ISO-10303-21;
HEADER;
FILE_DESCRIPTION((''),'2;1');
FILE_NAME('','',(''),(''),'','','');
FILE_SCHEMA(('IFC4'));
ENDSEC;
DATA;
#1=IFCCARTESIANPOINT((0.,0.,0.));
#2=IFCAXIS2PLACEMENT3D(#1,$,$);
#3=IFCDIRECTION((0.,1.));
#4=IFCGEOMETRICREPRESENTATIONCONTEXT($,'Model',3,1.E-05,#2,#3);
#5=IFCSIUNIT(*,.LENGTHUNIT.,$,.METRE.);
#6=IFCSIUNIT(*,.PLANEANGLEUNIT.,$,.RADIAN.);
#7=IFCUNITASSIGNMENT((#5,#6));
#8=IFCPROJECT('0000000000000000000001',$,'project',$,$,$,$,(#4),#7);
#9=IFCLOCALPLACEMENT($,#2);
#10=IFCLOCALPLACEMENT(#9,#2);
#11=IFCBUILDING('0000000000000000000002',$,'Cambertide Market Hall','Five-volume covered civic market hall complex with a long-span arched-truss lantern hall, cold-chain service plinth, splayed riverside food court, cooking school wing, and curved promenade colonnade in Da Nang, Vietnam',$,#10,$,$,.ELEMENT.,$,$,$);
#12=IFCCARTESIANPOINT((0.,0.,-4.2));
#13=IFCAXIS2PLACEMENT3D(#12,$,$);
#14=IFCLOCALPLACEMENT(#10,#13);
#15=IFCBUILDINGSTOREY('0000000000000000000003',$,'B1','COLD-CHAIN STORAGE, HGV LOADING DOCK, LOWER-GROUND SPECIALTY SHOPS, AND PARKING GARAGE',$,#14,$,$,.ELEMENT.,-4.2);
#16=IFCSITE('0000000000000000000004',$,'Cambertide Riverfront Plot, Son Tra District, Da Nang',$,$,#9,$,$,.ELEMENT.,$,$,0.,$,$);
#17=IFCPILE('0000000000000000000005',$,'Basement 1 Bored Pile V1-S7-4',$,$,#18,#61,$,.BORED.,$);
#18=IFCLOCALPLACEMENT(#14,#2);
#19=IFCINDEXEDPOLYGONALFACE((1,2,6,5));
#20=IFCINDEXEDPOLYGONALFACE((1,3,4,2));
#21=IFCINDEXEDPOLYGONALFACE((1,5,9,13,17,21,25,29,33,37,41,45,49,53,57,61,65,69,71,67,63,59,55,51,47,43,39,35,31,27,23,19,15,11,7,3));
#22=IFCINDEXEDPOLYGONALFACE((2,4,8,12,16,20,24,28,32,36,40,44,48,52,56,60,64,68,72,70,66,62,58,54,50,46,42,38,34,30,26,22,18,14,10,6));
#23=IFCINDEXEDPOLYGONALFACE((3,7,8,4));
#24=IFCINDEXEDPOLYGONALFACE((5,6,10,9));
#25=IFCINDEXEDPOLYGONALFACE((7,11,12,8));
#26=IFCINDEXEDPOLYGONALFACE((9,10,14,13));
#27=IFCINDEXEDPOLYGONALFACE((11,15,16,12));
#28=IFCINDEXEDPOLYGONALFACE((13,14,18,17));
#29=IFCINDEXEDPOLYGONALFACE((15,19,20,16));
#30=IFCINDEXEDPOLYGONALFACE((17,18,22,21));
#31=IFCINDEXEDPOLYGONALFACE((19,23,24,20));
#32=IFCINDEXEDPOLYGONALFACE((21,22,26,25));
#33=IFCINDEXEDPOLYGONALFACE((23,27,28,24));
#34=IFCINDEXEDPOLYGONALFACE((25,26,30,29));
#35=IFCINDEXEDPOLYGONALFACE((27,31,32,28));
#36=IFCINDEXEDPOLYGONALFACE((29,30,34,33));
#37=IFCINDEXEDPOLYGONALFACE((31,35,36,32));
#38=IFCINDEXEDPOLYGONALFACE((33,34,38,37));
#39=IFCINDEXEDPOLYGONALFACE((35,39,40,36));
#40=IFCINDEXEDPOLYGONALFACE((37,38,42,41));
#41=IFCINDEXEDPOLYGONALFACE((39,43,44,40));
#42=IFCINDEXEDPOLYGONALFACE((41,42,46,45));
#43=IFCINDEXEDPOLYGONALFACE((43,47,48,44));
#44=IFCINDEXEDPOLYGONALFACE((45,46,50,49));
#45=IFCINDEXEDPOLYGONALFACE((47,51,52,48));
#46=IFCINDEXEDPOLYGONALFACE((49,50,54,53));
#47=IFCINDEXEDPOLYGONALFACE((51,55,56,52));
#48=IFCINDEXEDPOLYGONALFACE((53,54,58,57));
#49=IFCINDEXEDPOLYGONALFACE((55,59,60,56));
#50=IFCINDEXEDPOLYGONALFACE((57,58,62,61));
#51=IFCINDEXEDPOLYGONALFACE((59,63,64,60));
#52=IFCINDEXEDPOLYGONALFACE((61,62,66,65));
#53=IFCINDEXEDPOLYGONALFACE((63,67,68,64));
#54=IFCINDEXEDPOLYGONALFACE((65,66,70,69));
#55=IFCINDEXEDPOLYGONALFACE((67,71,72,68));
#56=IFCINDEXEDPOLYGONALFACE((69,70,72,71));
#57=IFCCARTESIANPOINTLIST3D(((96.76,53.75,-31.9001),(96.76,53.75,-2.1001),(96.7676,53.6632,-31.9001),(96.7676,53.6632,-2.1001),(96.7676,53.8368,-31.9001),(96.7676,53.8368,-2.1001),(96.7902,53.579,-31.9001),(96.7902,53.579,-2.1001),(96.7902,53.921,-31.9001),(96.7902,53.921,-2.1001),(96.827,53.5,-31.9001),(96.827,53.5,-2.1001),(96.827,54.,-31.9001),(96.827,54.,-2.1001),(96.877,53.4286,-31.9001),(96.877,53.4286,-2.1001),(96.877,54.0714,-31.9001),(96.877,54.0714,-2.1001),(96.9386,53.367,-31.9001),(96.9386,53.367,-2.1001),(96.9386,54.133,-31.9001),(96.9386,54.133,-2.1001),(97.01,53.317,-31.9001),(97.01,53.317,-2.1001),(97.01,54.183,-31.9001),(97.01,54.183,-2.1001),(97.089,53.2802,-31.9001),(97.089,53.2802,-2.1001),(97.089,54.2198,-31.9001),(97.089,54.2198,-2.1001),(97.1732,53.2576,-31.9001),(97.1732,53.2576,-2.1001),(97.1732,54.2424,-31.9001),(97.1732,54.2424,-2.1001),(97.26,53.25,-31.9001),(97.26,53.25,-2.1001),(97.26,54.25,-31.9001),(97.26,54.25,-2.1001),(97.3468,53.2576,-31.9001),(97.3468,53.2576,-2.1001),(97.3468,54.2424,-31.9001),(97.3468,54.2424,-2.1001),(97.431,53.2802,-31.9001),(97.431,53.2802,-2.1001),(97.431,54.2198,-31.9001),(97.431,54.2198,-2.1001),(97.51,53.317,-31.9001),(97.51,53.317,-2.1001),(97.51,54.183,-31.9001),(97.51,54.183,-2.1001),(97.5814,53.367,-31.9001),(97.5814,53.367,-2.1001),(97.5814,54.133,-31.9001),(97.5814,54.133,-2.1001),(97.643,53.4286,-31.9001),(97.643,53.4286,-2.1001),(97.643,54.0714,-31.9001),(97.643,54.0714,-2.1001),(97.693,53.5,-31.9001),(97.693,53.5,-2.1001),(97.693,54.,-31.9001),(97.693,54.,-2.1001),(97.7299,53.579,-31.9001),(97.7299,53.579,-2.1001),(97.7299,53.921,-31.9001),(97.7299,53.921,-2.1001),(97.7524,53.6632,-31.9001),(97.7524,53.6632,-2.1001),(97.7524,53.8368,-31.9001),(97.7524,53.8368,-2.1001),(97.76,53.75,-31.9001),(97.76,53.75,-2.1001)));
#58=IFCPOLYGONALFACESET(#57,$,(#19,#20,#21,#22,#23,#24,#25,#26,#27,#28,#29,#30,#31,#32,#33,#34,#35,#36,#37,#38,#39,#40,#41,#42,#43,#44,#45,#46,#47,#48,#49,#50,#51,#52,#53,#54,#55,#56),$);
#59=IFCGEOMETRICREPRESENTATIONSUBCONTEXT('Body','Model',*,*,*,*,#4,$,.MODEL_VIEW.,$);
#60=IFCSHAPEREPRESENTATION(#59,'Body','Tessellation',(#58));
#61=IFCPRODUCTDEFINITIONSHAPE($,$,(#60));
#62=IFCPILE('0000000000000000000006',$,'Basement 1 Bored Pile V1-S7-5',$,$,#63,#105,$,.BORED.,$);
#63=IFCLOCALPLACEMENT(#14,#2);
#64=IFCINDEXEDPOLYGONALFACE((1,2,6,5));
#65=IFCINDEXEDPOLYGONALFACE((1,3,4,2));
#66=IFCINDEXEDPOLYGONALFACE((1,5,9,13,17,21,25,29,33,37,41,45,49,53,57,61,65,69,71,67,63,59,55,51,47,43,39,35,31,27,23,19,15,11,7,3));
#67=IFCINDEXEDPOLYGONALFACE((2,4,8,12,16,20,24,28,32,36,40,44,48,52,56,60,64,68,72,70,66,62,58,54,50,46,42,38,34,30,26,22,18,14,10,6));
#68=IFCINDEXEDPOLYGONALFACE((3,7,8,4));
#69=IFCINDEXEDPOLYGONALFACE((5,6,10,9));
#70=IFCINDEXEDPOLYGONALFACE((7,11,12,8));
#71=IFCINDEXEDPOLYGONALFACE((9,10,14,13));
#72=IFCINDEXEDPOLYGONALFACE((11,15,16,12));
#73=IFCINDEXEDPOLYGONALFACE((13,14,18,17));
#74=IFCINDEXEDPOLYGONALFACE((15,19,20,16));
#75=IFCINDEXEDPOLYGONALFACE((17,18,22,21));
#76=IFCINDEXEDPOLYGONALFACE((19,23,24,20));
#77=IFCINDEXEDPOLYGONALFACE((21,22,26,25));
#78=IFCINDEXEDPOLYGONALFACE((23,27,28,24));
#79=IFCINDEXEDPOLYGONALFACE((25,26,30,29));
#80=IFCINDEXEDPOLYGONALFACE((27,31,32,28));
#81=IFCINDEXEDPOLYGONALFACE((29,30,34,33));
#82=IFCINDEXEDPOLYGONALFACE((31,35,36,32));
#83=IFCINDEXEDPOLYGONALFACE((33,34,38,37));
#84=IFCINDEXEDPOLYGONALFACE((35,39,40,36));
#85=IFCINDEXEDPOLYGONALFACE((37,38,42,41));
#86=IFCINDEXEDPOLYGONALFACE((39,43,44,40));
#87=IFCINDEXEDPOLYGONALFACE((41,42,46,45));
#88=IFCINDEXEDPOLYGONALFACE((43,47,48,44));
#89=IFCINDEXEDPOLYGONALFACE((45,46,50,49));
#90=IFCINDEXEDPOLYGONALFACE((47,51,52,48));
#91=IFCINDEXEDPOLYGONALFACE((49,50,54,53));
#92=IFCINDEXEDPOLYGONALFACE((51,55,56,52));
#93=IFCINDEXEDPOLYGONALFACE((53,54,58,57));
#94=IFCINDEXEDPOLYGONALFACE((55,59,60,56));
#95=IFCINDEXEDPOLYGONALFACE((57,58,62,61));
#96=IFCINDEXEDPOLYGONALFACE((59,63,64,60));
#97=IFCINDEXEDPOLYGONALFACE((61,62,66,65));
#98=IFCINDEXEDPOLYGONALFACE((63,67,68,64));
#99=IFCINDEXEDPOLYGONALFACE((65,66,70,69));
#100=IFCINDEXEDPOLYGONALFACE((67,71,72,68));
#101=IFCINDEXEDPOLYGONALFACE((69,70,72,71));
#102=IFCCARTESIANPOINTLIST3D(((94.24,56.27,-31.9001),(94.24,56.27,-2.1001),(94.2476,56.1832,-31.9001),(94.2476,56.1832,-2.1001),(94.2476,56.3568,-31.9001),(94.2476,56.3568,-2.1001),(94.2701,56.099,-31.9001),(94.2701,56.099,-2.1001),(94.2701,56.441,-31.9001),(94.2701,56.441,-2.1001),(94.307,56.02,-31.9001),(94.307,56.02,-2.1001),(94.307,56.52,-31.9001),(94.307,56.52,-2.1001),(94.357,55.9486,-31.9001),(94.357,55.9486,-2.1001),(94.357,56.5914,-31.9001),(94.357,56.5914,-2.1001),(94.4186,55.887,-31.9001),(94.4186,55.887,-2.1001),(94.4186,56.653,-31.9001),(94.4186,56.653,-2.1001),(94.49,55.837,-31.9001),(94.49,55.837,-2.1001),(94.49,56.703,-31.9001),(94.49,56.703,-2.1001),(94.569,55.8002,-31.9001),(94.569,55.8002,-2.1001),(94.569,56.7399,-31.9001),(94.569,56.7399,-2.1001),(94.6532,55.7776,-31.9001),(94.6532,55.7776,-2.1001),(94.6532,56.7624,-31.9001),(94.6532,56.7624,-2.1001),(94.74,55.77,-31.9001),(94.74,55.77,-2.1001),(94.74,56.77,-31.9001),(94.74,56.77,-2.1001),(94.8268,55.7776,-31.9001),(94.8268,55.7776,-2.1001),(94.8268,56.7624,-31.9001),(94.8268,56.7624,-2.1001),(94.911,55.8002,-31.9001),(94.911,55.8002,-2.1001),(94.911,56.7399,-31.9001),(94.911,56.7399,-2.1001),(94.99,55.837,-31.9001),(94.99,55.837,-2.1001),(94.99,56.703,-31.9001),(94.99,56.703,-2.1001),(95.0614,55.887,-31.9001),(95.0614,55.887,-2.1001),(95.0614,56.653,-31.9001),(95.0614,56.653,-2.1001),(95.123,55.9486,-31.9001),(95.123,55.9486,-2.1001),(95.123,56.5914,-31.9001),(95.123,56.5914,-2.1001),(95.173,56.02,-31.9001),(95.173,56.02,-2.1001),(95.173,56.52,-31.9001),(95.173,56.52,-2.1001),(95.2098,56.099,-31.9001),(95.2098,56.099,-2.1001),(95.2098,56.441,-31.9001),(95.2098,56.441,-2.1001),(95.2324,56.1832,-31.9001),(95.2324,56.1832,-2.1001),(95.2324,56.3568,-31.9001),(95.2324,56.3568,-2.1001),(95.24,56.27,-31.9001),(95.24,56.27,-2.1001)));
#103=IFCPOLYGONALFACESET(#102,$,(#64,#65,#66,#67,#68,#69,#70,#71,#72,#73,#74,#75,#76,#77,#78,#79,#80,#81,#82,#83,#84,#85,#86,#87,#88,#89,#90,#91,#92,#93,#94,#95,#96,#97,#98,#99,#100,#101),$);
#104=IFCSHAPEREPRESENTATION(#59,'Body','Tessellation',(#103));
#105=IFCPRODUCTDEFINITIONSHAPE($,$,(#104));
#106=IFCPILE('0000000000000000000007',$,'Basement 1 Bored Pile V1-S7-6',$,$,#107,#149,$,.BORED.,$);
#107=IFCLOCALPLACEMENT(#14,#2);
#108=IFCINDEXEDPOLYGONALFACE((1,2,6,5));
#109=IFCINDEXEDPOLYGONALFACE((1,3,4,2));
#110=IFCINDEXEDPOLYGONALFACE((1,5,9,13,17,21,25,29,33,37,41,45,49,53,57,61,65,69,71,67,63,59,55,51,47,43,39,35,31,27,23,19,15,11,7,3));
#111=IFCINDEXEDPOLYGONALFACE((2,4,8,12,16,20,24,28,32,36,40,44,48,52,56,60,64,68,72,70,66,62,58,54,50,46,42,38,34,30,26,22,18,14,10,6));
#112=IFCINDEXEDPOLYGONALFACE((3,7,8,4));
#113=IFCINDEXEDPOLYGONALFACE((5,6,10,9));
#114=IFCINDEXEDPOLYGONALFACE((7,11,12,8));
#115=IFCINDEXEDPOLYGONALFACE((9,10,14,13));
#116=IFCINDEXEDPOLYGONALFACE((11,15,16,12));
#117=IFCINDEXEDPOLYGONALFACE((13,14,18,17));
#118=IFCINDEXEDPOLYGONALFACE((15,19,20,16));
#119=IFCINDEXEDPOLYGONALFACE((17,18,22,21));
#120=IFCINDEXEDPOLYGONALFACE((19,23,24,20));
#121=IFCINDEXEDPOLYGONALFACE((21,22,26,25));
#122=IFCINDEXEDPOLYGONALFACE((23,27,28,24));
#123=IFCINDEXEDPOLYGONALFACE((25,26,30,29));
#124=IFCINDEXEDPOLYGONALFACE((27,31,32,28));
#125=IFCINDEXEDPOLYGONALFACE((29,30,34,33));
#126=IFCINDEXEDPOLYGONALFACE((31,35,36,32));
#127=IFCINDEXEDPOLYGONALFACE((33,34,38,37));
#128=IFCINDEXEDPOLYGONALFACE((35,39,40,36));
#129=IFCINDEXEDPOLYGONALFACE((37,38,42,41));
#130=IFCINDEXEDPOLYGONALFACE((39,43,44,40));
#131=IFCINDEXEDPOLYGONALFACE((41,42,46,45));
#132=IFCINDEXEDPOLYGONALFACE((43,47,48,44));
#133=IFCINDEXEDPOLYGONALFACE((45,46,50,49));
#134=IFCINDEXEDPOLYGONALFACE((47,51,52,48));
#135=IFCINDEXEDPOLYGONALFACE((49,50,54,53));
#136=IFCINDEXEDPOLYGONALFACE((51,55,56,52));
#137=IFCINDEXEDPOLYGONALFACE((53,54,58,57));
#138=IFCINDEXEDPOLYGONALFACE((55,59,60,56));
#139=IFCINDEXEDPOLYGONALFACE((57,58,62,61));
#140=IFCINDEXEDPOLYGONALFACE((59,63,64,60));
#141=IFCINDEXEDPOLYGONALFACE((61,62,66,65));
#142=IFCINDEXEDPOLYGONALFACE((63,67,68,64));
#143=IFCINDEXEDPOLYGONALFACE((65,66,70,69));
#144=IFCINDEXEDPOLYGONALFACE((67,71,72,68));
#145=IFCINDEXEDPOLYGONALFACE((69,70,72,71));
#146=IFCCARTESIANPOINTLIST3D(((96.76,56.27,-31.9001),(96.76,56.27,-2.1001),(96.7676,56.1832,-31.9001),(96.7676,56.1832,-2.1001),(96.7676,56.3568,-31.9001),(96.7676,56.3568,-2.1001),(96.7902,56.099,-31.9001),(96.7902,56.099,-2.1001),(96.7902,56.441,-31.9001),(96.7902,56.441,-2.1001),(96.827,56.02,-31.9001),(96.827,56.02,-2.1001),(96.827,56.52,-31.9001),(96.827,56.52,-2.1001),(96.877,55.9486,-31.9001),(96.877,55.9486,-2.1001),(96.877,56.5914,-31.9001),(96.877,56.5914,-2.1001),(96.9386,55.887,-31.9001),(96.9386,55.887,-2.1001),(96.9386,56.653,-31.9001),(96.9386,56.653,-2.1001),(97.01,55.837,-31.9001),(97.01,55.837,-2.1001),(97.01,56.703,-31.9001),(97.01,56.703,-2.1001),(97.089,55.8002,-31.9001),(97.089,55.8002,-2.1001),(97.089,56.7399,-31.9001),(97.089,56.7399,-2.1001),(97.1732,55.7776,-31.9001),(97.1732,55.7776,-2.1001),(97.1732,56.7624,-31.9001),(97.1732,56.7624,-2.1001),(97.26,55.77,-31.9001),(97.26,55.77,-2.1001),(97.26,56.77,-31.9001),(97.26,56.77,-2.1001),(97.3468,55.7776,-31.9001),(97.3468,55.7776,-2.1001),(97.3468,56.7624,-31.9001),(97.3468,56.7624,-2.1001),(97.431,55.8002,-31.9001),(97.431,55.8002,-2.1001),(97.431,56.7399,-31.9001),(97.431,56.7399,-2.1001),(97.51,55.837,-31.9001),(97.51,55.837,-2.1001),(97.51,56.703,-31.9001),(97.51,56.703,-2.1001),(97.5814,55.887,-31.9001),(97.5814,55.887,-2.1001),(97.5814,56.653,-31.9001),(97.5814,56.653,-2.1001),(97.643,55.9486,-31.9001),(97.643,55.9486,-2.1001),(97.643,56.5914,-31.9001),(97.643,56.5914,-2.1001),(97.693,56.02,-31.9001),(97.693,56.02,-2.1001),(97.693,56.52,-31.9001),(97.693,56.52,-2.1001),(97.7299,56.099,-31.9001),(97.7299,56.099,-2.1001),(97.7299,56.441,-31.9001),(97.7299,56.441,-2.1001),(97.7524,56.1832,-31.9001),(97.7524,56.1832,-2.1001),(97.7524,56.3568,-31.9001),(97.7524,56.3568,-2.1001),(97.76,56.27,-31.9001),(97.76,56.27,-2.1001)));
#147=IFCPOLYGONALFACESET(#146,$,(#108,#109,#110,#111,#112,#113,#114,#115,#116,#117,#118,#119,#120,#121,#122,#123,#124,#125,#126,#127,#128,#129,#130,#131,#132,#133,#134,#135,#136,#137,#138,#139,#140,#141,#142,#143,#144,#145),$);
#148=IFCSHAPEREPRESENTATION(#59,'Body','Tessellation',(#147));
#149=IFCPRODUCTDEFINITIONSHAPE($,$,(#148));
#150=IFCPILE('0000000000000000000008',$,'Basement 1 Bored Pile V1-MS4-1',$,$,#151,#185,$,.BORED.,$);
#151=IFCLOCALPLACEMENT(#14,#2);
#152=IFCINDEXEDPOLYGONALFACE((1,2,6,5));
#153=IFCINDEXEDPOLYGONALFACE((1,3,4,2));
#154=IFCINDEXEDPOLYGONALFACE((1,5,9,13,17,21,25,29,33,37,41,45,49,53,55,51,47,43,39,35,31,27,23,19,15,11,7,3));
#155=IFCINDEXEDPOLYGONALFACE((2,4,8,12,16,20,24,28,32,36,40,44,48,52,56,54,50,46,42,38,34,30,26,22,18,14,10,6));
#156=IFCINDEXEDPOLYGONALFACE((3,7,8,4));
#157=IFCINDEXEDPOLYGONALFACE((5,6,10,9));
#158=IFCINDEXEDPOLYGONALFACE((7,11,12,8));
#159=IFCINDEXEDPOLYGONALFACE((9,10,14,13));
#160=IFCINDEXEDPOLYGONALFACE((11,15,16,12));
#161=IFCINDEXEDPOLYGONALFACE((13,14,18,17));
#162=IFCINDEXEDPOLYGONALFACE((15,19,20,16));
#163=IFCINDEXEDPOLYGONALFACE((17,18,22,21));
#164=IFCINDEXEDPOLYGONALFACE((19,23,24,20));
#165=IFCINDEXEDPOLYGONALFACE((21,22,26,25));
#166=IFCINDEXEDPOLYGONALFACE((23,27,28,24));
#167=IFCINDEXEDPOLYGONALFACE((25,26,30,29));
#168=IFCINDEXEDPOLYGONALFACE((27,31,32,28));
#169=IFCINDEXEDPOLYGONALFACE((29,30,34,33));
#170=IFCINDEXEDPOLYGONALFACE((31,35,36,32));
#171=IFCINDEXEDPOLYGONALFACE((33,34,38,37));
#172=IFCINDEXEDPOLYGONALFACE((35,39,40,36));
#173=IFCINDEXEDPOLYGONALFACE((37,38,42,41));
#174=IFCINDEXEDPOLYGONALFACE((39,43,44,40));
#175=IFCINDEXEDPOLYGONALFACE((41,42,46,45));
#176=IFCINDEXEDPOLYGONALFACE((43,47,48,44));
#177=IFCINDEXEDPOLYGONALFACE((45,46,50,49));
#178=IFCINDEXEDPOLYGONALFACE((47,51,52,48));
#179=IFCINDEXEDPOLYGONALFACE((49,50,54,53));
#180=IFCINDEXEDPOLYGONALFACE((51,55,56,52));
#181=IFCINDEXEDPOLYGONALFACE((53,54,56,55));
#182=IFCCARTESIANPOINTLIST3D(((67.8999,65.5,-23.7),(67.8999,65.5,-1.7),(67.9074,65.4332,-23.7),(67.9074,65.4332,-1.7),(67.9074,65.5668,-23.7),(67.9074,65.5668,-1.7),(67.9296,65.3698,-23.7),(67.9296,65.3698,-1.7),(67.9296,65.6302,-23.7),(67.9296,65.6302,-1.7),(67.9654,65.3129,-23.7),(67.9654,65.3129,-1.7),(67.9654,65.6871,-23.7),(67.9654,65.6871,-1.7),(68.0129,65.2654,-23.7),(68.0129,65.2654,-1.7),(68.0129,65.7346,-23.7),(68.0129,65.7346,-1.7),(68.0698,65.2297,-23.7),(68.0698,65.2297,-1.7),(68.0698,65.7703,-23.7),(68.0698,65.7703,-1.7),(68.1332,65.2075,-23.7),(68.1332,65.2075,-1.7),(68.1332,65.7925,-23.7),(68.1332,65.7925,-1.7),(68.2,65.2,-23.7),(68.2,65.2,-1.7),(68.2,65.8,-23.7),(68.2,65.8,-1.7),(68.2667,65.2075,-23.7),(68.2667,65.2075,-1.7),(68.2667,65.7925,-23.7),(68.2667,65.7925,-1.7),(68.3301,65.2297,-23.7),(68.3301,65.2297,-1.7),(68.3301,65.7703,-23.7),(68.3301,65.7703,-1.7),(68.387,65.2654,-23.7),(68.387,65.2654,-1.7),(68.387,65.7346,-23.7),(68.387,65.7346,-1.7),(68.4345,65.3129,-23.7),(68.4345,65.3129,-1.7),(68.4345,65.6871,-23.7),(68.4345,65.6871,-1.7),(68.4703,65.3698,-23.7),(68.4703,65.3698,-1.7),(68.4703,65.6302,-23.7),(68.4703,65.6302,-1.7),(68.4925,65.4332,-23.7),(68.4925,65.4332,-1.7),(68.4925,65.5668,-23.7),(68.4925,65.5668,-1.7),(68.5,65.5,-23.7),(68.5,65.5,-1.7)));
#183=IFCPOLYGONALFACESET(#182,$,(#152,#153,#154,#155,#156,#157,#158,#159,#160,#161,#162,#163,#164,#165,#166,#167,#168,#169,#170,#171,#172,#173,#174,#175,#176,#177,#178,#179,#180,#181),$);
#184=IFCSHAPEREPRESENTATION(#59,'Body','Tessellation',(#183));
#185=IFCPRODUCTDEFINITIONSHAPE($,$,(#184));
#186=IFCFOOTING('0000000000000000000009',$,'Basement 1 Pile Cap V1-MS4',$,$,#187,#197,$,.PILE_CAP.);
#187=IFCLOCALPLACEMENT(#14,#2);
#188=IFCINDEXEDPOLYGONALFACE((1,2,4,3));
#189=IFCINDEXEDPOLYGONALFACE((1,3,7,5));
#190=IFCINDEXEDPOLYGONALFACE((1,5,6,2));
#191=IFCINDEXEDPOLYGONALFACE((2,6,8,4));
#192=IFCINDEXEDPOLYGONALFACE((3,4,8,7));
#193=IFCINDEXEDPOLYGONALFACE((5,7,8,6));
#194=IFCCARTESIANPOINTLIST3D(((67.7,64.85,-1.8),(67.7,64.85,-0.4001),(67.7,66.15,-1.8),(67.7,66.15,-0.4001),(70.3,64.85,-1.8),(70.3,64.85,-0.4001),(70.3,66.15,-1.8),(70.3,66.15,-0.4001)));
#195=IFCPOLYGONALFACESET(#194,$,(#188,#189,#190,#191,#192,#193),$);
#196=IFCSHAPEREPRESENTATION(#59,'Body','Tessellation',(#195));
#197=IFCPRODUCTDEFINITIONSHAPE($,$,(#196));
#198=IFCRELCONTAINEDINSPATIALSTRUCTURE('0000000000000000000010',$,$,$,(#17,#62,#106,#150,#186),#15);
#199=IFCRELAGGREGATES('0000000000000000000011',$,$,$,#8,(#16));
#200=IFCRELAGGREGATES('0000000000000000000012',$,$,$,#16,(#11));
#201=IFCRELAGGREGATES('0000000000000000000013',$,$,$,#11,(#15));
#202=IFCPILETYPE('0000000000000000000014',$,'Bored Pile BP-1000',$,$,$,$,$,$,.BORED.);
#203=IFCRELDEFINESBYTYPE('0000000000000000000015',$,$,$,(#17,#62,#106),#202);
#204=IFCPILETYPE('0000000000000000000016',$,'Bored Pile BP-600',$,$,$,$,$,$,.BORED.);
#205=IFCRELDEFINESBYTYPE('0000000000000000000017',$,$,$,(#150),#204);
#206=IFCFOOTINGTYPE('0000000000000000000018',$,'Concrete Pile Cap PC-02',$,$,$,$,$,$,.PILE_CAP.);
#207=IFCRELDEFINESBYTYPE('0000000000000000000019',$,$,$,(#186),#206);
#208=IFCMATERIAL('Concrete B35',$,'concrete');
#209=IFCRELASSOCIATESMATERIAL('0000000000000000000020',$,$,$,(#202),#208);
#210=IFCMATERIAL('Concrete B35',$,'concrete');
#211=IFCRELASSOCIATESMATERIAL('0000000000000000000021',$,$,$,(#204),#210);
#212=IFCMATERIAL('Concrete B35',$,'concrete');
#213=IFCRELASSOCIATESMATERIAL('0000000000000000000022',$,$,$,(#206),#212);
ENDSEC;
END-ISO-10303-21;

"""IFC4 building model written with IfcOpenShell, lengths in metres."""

from ifc_helpers import new_model, si_unit, direction, frame, origin, origin_2d, place, context, subcontext, project, spatial, rectangle, circle, extrude, material, material_profile, profile_set, type_object, element, save


model = new_model("IFC4")

# Units and contexts
model_context = context("Model", 3, precision=1e-05, world=origin(), true_north=direction((0.0, 1.0)))
body_context = subcontext(model_context, "Body", "Model", "MODEL_VIEW")
ifc_project = project(units=[si_unit("LENGTHUNIT", "METRE"), si_unit("PLANEANGLEUNIT", "RADIAN")], contexts=[model_context])

# Site, building, storey
site_placement = place(None, origin())
site = spatial("IfcSite", under=ifc_project, at=site_placement, Name="Cambertide Riverfront Plot, Son Tra District, Da Nang", CompositionType="ELEMENT", RefElevation=0.0)
building_placement = place(site_placement, origin())
building = spatial("IfcBuilding", under=site, at=building_placement, Name="Cambertide Market Hall", Description="Five-volume covered civic market hall complex with a long-span arched-truss lantern hall, cold-chain service plinth, splayed riverside food court, cooking school wing, and curved promenade colonnade in Da Nang, Vietnam", CompositionType="ELEMENT")
storey_placement = place(building_placement, frame((0.0, 0.0, -4.2)))
storey = spatial("IfcBuildingStorey", under=building, at=storey_placement, Name="B1", Description="COLD-CHAIN STORAGE, HGV LOADING DOCK, LOWER-GROUND SPECIALTY SHOPS, AND PARKING GARAGE", CompositionType="ELEMENT", Elevation=-4.2)

# Piles
ifc_material_1 = material(Name="Concrete B35", Category="concrete")
ifc_material_profile_1 = material_profile(ifc_material_1, circle(Radius=0.5, at=origin_2d()), Name="BP D1000")
ifc_profile_set_1 = profile_set([ifc_material_profile_1], Name="Concrete B35")
pile_type_1 = type_object("IfcPileType", Name="Bored Pile BP-1000", PredefinedType="BORED", material=ifc_profile_set_1)
for number, where, z_axis, x_axis, name in (
    (1, (97.26, 53.75, -2.1001), (0.0, 0.0, -1.0), (1.0, 0.0, 0.0), "Basement 1 Bored Pile V1-S7-4"),
    (2, (94.74, 56.27, -2.1001), (0.0, 0.0, -1.0), (1.0, 0.0, 0.0), "Basement 1 Bored Pile V1-S7-5"),
    (3, (97.26, 56.27, -2.1001), (0.0, 0.0, -1.0), (1.0, 0.0, 0.0), "Basement 1 Bored Pile V1-S7-6"),
):
    element("IfcPile", number, at=place(storey_placement, frame(where, z_axis=z_axis, x_axis=x_axis)), inside=storey, type_object=pile_type_1, Name=name, PredefinedType="BORED", context=body_context, shape_type="SweptSolid", body=[
        extrude(circle(Radius=0.5, at=origin_2d()), origin(), (0.0, 0.0, 1.0), 29.8),
    ])
ifc_material_2 = material(Name="Concrete B35", Category="concrete")
ifc_material_profile_2 = material_profile(ifc_material_2, circle(Radius=0.3, at=origin_2d()), Name="BP D600")
ifc_profile_set_2 = profile_set([ifc_material_profile_2], Name="Concrete B35")
pile_type_2 = type_object("IfcPileType", Name="Bored Pile BP-600", PredefinedType="BORED", material=ifc_profile_set_2)
pile_placement = place(storey_placement, frame((68.2, 65.5, -1.7), z_axis=(0.0, 0.0, -1.0), x_axis=(1.0, 0.0, 0.0)))
element("IfcPile", 4, at=pile_placement, inside=storey, type_object=pile_type_2, Name="Basement 1 Bored Pile V1-MS4-1", PredefinedType="BORED", context=body_context, shape_type="SweptSolid", body=[
    extrude(circle(Radius=0.3, at=origin_2d()), origin(), (0.0, 0.0, 1.0), 22.0),
])

# Footing
ifc_material_3 = material(Name="Concrete B35", Category="concrete")
footing_type_1 = type_object("IfcFootingType", Name="Concrete Pile Cap PC-02", PredefinedType="PILE_CAP", material=ifc_material_3)
footing_placement = place(storey_placement, frame((69.0, 65.5, -1.8), z_axis=(0.0, 0.0, 1.0), x_axis=(1.0, 0.0, 0.0)))
element("IfcFooting", 5, at=footing_placement, inside=storey, type_object=footing_type_1, Name="Basement 1 Pile Cap V1-MS4", PredefinedType="PILE_CAP", context=body_context, shape_type="SweptSolid", body=[
    extrude(rectangle(XDim=2.6001, YDim=1.3, at=origin_2d()), origin(), (0.0, 0.0, 1.0), 1.3999),
])

save(model, "model.ifc")
